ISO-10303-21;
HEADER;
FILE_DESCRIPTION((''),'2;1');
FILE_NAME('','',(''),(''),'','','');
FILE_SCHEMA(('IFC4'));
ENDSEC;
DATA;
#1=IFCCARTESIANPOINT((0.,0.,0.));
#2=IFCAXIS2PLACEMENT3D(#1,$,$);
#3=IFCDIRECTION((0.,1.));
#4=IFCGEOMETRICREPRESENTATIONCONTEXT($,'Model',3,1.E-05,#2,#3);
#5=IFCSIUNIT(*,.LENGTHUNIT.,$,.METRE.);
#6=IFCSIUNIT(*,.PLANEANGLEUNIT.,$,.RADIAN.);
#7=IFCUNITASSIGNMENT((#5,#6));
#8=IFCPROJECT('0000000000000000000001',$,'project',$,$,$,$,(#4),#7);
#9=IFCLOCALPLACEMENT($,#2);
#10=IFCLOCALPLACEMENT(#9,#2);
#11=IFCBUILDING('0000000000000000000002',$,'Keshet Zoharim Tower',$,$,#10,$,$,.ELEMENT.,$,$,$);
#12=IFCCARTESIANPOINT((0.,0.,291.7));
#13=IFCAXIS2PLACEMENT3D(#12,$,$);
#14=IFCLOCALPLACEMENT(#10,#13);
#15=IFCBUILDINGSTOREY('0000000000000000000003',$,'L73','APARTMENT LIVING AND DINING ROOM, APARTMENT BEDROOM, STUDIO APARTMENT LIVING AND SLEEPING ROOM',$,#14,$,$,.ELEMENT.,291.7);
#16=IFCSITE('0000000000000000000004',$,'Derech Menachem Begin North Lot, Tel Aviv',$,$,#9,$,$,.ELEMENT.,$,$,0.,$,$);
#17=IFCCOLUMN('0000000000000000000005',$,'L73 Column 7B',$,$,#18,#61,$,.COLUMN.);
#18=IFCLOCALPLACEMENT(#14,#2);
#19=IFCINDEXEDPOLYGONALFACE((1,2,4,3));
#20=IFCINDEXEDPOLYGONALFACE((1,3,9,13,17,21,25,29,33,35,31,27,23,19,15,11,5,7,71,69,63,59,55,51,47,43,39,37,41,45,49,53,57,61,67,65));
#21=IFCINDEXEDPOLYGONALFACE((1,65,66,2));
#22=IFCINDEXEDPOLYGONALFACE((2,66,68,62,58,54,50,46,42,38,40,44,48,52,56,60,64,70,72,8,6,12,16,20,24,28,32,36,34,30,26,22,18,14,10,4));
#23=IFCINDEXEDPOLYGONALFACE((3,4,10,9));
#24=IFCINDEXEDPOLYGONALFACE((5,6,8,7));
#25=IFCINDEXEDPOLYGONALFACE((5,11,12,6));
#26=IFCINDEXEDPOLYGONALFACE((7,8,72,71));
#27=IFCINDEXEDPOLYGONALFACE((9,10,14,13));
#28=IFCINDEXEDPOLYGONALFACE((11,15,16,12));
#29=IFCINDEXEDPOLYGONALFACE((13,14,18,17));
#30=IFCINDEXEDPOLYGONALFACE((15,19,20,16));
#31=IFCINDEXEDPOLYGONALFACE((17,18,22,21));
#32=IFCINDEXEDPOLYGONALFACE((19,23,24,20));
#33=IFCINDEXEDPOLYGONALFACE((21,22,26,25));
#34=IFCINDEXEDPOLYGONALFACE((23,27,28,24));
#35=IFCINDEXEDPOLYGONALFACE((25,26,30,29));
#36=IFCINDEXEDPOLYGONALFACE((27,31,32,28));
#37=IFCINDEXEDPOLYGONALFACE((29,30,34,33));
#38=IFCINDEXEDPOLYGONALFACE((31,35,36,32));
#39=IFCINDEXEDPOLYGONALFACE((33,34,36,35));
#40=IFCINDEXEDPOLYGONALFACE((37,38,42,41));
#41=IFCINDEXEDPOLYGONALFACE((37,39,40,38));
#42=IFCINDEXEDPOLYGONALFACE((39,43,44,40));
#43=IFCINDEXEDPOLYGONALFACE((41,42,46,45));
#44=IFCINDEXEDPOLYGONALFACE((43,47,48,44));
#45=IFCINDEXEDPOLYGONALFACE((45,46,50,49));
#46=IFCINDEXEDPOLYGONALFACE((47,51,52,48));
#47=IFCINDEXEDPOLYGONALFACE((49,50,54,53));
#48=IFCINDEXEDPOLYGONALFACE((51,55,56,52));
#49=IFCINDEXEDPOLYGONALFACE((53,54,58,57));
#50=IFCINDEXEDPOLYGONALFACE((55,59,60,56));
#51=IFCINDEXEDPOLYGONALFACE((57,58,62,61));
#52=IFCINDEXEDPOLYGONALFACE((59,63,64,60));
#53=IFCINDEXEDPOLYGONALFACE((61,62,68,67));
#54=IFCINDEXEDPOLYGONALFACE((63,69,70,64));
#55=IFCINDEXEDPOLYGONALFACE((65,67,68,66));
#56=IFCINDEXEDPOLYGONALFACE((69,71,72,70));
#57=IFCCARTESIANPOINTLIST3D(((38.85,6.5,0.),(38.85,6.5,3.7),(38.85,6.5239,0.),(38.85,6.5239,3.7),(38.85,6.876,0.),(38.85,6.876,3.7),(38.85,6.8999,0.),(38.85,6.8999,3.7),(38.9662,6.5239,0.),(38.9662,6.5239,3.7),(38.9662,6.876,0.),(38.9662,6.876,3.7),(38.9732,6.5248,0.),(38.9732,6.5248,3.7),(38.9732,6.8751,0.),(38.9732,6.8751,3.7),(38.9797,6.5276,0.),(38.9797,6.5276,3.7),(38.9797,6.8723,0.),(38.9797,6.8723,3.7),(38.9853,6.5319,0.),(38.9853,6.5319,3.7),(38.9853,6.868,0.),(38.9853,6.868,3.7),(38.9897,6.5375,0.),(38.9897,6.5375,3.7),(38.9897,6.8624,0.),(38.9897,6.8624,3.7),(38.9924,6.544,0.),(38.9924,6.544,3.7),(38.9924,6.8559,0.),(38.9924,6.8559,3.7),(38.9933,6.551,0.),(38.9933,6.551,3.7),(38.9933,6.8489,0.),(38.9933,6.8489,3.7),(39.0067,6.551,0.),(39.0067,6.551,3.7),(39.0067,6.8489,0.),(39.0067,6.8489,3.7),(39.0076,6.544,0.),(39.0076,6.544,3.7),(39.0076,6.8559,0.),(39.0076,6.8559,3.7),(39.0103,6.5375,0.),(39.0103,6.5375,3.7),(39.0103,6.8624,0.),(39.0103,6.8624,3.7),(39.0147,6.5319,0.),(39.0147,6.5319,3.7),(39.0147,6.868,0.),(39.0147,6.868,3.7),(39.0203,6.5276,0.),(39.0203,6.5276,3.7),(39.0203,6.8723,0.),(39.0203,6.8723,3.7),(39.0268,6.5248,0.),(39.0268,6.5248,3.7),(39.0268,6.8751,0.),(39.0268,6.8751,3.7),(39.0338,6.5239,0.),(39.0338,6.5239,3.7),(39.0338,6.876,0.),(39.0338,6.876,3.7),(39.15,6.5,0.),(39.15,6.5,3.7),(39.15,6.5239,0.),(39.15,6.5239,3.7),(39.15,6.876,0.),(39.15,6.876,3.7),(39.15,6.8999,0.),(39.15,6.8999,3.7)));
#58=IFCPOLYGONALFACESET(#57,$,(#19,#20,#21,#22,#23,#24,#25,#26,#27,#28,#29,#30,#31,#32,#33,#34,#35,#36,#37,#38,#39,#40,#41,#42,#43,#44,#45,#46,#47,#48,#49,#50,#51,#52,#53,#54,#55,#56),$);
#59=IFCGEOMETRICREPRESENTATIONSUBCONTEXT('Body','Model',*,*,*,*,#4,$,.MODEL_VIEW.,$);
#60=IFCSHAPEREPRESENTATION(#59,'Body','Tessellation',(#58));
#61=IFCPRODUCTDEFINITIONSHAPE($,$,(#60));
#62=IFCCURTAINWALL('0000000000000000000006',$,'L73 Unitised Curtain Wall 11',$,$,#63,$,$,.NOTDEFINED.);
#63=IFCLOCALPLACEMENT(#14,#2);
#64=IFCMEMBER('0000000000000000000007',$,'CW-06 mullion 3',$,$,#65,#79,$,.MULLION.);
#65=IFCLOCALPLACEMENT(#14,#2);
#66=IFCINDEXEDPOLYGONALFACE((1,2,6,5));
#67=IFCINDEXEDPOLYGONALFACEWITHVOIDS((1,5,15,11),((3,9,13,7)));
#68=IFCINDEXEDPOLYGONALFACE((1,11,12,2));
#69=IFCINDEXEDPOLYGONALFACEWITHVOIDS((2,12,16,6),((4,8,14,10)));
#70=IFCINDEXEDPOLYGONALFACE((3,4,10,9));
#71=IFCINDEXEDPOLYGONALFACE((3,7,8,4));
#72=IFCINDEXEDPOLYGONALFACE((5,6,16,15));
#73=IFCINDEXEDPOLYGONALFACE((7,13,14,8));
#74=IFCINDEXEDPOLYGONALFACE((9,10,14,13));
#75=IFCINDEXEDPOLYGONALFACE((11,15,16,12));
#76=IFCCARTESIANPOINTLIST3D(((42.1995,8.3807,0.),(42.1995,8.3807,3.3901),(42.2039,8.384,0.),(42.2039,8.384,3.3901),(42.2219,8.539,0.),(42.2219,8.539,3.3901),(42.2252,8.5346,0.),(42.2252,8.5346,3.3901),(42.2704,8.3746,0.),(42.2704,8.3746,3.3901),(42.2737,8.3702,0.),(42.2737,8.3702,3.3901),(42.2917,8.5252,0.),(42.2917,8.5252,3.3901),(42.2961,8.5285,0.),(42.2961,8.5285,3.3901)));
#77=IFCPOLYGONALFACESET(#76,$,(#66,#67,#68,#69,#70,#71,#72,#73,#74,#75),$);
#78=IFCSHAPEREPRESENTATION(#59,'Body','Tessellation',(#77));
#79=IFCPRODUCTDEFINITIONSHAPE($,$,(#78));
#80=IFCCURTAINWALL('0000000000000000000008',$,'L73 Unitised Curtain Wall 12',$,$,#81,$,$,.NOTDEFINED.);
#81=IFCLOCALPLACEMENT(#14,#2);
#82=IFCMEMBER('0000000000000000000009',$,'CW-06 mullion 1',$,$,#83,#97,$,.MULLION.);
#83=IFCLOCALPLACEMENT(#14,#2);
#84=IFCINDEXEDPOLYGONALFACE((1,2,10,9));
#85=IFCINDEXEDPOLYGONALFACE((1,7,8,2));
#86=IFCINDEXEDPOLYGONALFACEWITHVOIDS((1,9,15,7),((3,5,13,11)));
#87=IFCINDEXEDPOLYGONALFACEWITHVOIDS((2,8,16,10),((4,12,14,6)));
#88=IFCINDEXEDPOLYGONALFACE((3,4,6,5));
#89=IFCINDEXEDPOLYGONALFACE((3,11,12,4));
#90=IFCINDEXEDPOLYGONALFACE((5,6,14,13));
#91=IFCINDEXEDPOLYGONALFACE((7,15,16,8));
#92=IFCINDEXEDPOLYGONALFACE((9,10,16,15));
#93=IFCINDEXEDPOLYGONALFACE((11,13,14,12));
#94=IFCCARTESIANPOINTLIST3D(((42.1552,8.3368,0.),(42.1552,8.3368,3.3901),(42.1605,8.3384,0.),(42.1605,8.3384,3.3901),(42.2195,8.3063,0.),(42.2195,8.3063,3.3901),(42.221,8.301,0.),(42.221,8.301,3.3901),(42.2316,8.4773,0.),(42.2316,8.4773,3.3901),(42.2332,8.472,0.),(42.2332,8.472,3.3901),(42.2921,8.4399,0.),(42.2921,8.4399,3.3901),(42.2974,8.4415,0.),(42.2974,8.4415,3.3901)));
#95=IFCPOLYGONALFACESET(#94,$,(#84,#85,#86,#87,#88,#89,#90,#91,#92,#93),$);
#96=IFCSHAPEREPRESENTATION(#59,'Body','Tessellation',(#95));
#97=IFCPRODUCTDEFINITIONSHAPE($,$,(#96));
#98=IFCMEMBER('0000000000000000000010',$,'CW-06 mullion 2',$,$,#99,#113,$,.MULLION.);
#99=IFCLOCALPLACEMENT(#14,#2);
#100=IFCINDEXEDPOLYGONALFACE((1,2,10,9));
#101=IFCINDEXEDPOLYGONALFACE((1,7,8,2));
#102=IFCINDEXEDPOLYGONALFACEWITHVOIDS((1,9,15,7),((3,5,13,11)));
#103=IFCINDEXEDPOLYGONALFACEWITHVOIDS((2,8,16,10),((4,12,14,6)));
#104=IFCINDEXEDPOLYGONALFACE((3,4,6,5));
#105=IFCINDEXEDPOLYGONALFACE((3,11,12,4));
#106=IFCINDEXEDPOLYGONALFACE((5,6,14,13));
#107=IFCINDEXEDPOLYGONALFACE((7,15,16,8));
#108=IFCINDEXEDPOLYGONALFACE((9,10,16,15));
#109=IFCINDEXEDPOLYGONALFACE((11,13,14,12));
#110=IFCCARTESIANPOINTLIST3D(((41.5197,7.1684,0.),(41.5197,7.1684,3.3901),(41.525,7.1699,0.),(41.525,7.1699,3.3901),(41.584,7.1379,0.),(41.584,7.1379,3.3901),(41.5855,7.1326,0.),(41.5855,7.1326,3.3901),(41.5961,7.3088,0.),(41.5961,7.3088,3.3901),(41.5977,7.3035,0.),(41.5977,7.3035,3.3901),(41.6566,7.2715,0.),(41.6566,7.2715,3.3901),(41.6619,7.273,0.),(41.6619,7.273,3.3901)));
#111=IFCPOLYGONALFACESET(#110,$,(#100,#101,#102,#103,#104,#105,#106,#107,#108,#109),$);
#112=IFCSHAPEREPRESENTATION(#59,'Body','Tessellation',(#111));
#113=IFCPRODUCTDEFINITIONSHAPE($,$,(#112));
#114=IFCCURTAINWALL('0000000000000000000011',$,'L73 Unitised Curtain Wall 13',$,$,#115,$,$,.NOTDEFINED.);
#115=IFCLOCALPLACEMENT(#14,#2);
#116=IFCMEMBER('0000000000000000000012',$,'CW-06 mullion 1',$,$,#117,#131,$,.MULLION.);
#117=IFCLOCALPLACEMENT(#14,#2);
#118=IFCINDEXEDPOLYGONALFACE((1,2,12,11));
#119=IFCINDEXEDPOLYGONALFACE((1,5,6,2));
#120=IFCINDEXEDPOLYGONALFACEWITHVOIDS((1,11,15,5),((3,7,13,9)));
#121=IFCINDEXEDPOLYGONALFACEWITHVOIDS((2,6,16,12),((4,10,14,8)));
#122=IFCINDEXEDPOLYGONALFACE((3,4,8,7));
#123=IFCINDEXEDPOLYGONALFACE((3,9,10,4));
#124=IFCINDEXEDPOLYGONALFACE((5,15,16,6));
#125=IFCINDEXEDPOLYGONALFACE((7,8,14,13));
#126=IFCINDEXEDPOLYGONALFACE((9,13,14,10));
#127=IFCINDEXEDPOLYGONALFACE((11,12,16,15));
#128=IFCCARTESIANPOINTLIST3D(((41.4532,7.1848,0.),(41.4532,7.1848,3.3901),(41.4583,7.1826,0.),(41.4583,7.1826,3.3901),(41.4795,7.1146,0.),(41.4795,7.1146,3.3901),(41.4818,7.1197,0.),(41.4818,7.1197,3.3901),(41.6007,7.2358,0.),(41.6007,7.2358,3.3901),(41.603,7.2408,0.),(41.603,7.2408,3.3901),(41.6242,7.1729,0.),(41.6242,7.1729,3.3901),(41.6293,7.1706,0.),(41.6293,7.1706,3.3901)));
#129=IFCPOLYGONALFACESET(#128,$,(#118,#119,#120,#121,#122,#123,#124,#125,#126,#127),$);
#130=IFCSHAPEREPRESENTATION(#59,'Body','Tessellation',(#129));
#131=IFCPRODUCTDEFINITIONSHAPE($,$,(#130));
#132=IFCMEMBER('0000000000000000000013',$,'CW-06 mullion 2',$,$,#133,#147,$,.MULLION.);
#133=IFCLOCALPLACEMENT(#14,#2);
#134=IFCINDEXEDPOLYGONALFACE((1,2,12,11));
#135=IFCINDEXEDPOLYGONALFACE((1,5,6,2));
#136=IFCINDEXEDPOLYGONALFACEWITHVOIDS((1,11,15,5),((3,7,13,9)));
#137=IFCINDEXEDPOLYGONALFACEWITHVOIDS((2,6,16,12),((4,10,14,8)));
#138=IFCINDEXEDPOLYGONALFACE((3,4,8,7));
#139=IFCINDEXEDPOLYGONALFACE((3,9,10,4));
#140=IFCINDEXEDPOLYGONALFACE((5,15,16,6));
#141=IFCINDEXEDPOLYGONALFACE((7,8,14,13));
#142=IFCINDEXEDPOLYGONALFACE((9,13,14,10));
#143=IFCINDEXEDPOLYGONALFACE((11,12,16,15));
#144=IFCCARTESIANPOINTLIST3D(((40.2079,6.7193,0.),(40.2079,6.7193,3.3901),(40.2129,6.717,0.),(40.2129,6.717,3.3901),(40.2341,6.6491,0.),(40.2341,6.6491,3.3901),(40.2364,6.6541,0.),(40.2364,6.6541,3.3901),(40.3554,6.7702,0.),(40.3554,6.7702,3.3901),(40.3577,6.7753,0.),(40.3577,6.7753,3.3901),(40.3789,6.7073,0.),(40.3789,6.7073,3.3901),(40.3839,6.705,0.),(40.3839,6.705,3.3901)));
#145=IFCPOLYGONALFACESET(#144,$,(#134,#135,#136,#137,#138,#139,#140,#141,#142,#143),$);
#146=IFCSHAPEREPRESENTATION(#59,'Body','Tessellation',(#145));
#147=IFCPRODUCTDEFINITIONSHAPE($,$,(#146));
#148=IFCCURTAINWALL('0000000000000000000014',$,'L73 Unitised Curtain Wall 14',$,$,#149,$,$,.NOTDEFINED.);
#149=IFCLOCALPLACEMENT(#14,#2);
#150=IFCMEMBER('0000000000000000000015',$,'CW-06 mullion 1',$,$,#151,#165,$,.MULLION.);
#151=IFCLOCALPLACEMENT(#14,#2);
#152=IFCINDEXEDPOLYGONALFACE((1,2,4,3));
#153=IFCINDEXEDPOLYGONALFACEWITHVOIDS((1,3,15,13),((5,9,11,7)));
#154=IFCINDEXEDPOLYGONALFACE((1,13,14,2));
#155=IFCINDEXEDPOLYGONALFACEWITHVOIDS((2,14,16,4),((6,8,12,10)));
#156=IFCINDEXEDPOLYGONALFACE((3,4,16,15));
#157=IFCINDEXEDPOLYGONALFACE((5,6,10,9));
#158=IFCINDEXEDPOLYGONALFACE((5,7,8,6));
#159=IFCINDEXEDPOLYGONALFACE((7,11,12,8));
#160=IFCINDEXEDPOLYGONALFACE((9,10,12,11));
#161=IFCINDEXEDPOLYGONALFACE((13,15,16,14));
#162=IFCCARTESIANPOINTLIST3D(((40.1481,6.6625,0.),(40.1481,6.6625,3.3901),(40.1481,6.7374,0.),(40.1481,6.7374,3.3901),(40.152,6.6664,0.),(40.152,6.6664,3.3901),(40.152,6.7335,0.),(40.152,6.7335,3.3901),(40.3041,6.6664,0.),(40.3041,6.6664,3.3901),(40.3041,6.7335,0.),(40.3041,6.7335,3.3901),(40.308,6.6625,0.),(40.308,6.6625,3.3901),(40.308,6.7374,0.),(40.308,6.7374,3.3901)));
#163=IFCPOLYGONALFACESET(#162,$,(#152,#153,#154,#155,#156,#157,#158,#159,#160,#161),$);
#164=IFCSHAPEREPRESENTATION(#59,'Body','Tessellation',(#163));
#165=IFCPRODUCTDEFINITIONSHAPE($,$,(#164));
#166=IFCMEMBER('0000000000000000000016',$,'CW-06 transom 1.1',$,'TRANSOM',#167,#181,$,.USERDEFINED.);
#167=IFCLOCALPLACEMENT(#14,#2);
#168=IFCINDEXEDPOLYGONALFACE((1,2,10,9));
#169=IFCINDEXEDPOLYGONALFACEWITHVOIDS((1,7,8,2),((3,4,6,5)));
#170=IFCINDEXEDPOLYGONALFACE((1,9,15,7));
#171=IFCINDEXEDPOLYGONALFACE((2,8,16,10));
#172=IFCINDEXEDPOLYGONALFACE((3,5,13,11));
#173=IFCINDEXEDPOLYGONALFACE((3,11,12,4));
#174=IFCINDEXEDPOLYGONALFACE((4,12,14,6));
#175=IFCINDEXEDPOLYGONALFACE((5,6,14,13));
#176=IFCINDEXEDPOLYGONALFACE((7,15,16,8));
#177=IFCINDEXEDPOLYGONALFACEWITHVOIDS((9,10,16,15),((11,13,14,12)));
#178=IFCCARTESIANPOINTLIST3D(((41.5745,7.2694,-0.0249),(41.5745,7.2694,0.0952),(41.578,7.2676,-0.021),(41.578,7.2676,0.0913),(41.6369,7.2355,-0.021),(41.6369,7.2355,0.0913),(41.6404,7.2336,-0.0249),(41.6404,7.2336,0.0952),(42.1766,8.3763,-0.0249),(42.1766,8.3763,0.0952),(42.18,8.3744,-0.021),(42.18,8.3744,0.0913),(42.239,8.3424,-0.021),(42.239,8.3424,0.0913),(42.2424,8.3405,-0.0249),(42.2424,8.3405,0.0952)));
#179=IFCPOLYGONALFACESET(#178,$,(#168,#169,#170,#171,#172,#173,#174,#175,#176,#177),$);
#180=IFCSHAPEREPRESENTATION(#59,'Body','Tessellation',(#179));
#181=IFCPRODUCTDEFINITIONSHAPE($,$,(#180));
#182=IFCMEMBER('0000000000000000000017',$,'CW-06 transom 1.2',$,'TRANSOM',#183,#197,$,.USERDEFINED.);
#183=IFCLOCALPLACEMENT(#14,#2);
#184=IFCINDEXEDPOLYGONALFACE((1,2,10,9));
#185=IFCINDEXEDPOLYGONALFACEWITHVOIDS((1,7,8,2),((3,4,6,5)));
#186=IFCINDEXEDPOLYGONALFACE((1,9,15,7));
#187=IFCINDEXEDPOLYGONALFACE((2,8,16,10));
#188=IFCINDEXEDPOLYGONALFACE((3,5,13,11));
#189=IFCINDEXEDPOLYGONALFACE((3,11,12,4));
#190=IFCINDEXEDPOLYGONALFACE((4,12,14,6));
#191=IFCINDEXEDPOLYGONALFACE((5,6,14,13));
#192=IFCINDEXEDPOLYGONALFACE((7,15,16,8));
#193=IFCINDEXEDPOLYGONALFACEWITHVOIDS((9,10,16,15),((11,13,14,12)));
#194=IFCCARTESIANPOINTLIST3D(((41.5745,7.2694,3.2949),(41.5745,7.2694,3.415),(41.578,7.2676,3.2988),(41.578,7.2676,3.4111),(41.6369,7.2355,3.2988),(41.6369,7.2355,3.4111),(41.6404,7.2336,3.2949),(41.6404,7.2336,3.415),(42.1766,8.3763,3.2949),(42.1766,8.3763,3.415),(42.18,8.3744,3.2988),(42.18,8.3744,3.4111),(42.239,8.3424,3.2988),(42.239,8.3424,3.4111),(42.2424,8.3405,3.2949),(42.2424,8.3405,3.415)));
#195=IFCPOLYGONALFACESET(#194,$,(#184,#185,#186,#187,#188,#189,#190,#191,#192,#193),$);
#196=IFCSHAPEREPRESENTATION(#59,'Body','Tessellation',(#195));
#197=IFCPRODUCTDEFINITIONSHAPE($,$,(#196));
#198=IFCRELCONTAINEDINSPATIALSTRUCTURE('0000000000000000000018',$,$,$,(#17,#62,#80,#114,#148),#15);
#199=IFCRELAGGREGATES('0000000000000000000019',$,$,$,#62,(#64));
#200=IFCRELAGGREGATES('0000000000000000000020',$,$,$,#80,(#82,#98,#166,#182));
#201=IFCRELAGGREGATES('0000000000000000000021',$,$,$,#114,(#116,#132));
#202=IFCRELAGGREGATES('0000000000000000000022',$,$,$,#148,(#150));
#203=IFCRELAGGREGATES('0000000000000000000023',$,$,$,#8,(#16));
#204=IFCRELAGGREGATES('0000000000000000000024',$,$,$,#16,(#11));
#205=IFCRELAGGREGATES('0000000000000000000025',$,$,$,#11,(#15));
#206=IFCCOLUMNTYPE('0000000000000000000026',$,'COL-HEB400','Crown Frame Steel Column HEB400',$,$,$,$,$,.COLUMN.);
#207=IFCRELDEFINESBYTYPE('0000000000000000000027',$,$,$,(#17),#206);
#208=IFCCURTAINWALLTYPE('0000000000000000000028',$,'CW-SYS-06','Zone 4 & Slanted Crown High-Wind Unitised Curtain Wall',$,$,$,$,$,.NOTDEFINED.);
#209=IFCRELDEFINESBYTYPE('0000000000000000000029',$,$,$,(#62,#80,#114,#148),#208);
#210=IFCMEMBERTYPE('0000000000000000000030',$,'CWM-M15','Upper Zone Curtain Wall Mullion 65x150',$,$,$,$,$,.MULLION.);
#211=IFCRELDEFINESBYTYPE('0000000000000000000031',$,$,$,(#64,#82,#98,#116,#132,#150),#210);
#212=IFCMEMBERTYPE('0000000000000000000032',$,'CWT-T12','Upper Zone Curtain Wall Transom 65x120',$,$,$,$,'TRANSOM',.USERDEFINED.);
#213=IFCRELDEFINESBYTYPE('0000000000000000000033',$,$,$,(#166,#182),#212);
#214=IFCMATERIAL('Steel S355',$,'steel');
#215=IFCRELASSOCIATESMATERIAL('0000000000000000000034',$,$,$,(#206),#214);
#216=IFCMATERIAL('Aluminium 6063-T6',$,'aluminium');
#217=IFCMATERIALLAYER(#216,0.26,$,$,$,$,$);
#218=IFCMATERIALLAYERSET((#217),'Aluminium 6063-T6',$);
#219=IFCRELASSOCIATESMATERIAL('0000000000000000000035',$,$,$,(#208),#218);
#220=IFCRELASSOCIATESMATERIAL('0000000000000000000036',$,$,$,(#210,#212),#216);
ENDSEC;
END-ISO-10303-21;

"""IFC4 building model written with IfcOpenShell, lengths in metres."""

from ifc_helpers import new_model, si_unit, direction, frame, origin, origin_2d, place, context, subcontext, project, spatial, hollow_rectangle, i_section, extrude, material, layer, layer_set, material_profile, profile_set, type_object, element, aggregate, save


model = new_model("IFC4")

# Units and contexts
model_context = context("Model", 3, precision=1e-05, world=origin(), true_north=direction((0.0, 1.0)))
body_context = subcontext(model_context, "Body", "Model", "MODEL_VIEW")
ifc_project = project(units=[si_unit("LENGTHUNIT", "METRE"), si_unit("PLANEANGLEUNIT", "RADIAN")], contexts=[model_context])

# Site, building, storey
site_placement = place(None, origin())
site = spatial("IfcSite", under=ifc_project, at=site_placement, Name="Derech Menachem Begin North Lot, Tel Aviv", CompositionType="ELEMENT", RefElevation=0.0)
building_placement = place(site_placement, origin())
building = spatial("IfcBuilding", under=site, at=building_placement, Name="Keshet Zoharim Tower", CompositionType="ELEMENT")
storey_placement = place(building_placement, frame((0.0, 0.0, 291.7)))
storey = spatial("IfcBuildingStorey", under=building, at=storey_placement, Name="L73", Description="APARTMENT LIVING AND DINING ROOM, APARTMENT BEDROOM, STUDIO APARTMENT LIVING AND SLEEPING ROOM", CompositionType="ELEMENT", Elevation=291.7)

# Column
ifc_material_1 = material(Name="Steel S355", Category="steel")
ifc_material_profile_1 = material_profile(ifc_material_1, i_section(OverallWidth=0.3, OverallDepth=0.3999, WebThickness=0.0134, FlangeThickness=0.0239, FilletRadius=0.0271, at=origin_2d()), Name="HEB400")
ifc_profile_set_1 = profile_set([ifc_material_profile_1], Name="Steel S355")
column_type = type_object("IfcColumnType", Name="COL-HEB400", Description="Crown Frame Steel Column HEB400", PredefinedType="COLUMN", material=ifc_profile_set_1)
column_placement = place(storey_placement, frame((39.0, 6.7, 0.0), z_axis=(0.0, 0.0, 1.0), x_axis=(1.0, 0.0, 0.0)))
element("IfcColumn", 1, at=column_placement, inside=storey, type_object=column_type, Name="L73 Column 7B", PredefinedType="COLUMN", context=body_context, shape_type="SweptSolid", body=[
    extrude(i_section(OverallWidth=0.3, OverallDepth=0.3999, WebThickness=0.0134, FlangeThickness=0.0239, FilletRadius=0.0271, at=origin_2d()), origin(), (0.0, 0.0, 1.0), 3.7),
])

# Curtain wall, member
ifc_material_2 = material(Name="Aluminium 6063-T6", Category="aluminium")
ifc_layer_1 = layer(ifc_material_2, 0.26)
ifc_layer_set_1 = layer_set([ifc_layer_1], Name="Aluminium 6063-T6")
curtain_wall_type = type_object("IfcCurtainWallType", Name="CW-SYS-06", Description="Zone 4 & Slanted Crown High-Wind Unitised Curtain Wall", PredefinedType="NOTDEFINED", material=ifc_layer_set_1)
curtain_wall_1_placement = place(storey_placement, origin())
curtain_wall_1 = element("IfcCurtainWall", 2, at=curtain_wall_1_placement, inside=storey, type_object=curtain_wall_type, Name="L73 Unitised Curtain Wall 11", PredefinedType="NOTDEFINED")
ifc_material_profile_2 = material_profile(ifc_material_2, hollow_rectangle(XDim=0.075, YDim=0.1599, WallThickness=0.0039, at=origin_2d()), Name="MUL-75x160")
ifc_profile_set_2 = profile_set([ifc_material_profile_2], Name="Aluminium 6063-T6")
member_type_1 = type_object("IfcMemberType", Name="CWM-M15", Description="Upper Zone Curtain Wall Mullion 65x150", PredefinedType="MULLION", material=ifc_profile_set_2)
member_1_placement = place(storey_placement, frame((42.2478, 8.4546, 0.0), z_axis=(0.0, 0.0, 1.0), x_axis=(0.990132, -0.140137, 0.0)))
member_1 = element("IfcMember", 3, at=member_1_placement, type_object=member_type_1, Name="CW-06 mullion 3", PredefinedType="MULLION", context=body_context, shape_type="SweptSolid", body=[
    extrude(hollow_rectangle(XDim=0.075, YDim=0.1599, WallThickness=0.0039, at=origin_2d()), origin(), (0.0, 0.0, 1.0), 3.3901),
])

# Curtain walls, members
curtain_wall_2_placement = place(storey_placement, origin())
curtain_wall_2 = element("IfcCurtainWall", 4, at=curtain_wall_2_placement, inside=storey, type_object=curtain_wall_type, Name="L73 Unitised Curtain Wall 12", PredefinedType="NOTDEFINED")
member_2_placement = place(storey_placement, frame((42.2263, 8.3892, 0.0), z_axis=(0.0, 0.0, 1.0), x_axis=(0.878468, -0.477801, 0.0)))
member_2 = element("IfcMember", 5, at=member_2_placement, type_object=member_type_1, Name="CW-06 mullion 1", PredefinedType="MULLION", context=body_context, shape_type="SweptSolid", body=[
    extrude(hollow_rectangle(XDim=0.075, YDim=0.1599, WallThickness=0.0039, at=origin_2d()), origin(), (0.0, 0.0, 1.0), 3.3901),
])
member_3_placement = place(storey_placement, frame((41.5908, 7.2207, 0.0), z_axis=(0.0, 0.0, 1.0), x_axis=(0.878468, -0.477801, 0.0)))
member_3 = element("IfcMember", 6, at=member_3_placement, type_object=member_type_1, Name="CW-06 mullion 2", PredefinedType="MULLION", context=body_context, shape_type="SweptSolid", body=[
    extrude(hollow_rectangle(XDim=0.075, YDim=0.1599, WallThickness=0.0039, at=origin_2d()), origin(), (0.0, 0.0, 1.0), 3.3901),
])
curtain_wall_3_placement = place(storey_placement, origin())
curtain_wall_3 = element("IfcCurtainWall", 7, at=curtain_wall_3_placement, inside=storey, type_object=curtain_wall_type, Name="L73 Unitised Curtain Wall 13", PredefinedType="NOTDEFINED")
member_4_placement = place(storey_placement, frame((41.5413, 7.1777, 0.0), z_axis=(0.0, 0.0, 1.0), x_axis=(0.350105, -0.93671, 0.0)))
member_4 = element("IfcMember", 8, at=member_4_placement, type_object=member_type_1, Name="CW-06 mullion 1", PredefinedType="MULLION", context=body_context, shape_type="SweptSolid", body=[
    extrude(hollow_rectangle(XDim=0.075, YDim=0.1599, WallThickness=0.0039, at=origin_2d()), origin(), (0.0, 0.0, 1.0), 3.3901),
])
member_5_placement = place(storey_placement, frame((40.2959, 6.7122, 0.0), z_axis=(0.0, 0.0, 1.0), x_axis=(0.350105, -0.93671, 0.0)))
member_5 = element("IfcMember", 9, at=member_5_placement, type_object=member_type_1, Name="CW-06 mullion 2", PredefinedType="MULLION", context=body_context, shape_type="SweptSolid", body=[
    extrude(hollow_rectangle(XDim=0.075, YDim=0.1599, WallThickness=0.0039, at=origin_2d()), origin(), (0.0, 0.0, 1.0), 3.3901),
])

# Curtain wall, member
curtain_wall_4_placement = place(storey_placement, origin())
curtain_wall_4 = element("IfcCurtainWall", 10, at=curtain_wall_4_placement, inside=storey, type_object=curtain_wall_type, Name="L73 Unitised Curtain Wall 14", PredefinedType="NOTDEFINED")
member_6_placement = place(storey_placement, frame((40.228, 6.7, 0.0), z_axis=(0.0, 0.0, 1.0), x_axis=(0.0, -1.0, 0.0)))
member_6 = element("IfcMember", 11, at=member_6_placement, type_object=member_type_1, Name="CW-06 mullion 1", PredefinedType="MULLION", context=body_context, shape_type="SweptSolid", body=[
    extrude(hollow_rectangle(XDim=0.075, YDim=0.1599, WallThickness=0.0039, at=origin_2d()), origin(), (0.0, 0.0, 1.0), 3.3901),
])

# Members
ifc_material_profile_3 = material_profile(ifc_material_2, hollow_rectangle(XDim=0.075, YDim=0.1201, WallThickness=0.0039, at=origin_2d()), Name="TRN-75x120")
ifc_profile_set_3 = profile_set([ifc_material_profile_3], Name="Aluminium 6063-T6")
member_type_2 = type_object("IfcMemberType", Name="CWT-T12", Description="Upper Zone Curtain Wall Transom 65x120", ElementType="TRANSOM", PredefinedType="USERDEFINED", material=ifc_profile_set_3)
member_7_placement = place(storey_placement, frame((42.2095, 8.3584, 0.0352), z_axis=(-0.477793, -0.878472, 0.0), x_axis=(0.878472, -0.477793, 0.0)))
member_7 = element("IfcMember", 12, at=member_7_placement, type_object=member_type_2, Name="CW-06 transom 1.1", ObjectType="TRANSOM", PredefinedType="USERDEFINED", context=body_context, shape_type="SweptSolid", body=[
    extrude(hollow_rectangle(XDim=0.075, YDim=0.1201, WallThickness=0.0039, at=origin_2d()), origin(), (0.0, 0.0, 1.0), 1.26),
])
member_8_placement = place(storey_placement, frame((42.2095, 8.3584, 3.355), z_axis=(-0.477793, -0.878472, 0.0), x_axis=(0.878472, -0.477793, 0.0)))
member_8 = element("IfcMember", 13, at=member_8_placement, type_object=member_type_2, Name="CW-06 transom 1.2", ObjectType="TRANSOM", PredefinedType="USERDEFINED", context=body_context, shape_type="SweptSolid", body=[
    extrude(hollow_rectangle(XDim=0.075, YDim=0.1201, WallThickness=0.0039, at=origin_2d()), origin(), (0.0, 0.0, 1.0), 1.26),
])

aggregate(curtain_wall_1, [member_1])
aggregate(curtain_wall_2, [member_2, member_3, member_7, member_8])
aggregate(curtain_wall_3, [member_4, member_5])
aggregate(curtain_wall_4, [member_6])

save(model, "model.ifc")
